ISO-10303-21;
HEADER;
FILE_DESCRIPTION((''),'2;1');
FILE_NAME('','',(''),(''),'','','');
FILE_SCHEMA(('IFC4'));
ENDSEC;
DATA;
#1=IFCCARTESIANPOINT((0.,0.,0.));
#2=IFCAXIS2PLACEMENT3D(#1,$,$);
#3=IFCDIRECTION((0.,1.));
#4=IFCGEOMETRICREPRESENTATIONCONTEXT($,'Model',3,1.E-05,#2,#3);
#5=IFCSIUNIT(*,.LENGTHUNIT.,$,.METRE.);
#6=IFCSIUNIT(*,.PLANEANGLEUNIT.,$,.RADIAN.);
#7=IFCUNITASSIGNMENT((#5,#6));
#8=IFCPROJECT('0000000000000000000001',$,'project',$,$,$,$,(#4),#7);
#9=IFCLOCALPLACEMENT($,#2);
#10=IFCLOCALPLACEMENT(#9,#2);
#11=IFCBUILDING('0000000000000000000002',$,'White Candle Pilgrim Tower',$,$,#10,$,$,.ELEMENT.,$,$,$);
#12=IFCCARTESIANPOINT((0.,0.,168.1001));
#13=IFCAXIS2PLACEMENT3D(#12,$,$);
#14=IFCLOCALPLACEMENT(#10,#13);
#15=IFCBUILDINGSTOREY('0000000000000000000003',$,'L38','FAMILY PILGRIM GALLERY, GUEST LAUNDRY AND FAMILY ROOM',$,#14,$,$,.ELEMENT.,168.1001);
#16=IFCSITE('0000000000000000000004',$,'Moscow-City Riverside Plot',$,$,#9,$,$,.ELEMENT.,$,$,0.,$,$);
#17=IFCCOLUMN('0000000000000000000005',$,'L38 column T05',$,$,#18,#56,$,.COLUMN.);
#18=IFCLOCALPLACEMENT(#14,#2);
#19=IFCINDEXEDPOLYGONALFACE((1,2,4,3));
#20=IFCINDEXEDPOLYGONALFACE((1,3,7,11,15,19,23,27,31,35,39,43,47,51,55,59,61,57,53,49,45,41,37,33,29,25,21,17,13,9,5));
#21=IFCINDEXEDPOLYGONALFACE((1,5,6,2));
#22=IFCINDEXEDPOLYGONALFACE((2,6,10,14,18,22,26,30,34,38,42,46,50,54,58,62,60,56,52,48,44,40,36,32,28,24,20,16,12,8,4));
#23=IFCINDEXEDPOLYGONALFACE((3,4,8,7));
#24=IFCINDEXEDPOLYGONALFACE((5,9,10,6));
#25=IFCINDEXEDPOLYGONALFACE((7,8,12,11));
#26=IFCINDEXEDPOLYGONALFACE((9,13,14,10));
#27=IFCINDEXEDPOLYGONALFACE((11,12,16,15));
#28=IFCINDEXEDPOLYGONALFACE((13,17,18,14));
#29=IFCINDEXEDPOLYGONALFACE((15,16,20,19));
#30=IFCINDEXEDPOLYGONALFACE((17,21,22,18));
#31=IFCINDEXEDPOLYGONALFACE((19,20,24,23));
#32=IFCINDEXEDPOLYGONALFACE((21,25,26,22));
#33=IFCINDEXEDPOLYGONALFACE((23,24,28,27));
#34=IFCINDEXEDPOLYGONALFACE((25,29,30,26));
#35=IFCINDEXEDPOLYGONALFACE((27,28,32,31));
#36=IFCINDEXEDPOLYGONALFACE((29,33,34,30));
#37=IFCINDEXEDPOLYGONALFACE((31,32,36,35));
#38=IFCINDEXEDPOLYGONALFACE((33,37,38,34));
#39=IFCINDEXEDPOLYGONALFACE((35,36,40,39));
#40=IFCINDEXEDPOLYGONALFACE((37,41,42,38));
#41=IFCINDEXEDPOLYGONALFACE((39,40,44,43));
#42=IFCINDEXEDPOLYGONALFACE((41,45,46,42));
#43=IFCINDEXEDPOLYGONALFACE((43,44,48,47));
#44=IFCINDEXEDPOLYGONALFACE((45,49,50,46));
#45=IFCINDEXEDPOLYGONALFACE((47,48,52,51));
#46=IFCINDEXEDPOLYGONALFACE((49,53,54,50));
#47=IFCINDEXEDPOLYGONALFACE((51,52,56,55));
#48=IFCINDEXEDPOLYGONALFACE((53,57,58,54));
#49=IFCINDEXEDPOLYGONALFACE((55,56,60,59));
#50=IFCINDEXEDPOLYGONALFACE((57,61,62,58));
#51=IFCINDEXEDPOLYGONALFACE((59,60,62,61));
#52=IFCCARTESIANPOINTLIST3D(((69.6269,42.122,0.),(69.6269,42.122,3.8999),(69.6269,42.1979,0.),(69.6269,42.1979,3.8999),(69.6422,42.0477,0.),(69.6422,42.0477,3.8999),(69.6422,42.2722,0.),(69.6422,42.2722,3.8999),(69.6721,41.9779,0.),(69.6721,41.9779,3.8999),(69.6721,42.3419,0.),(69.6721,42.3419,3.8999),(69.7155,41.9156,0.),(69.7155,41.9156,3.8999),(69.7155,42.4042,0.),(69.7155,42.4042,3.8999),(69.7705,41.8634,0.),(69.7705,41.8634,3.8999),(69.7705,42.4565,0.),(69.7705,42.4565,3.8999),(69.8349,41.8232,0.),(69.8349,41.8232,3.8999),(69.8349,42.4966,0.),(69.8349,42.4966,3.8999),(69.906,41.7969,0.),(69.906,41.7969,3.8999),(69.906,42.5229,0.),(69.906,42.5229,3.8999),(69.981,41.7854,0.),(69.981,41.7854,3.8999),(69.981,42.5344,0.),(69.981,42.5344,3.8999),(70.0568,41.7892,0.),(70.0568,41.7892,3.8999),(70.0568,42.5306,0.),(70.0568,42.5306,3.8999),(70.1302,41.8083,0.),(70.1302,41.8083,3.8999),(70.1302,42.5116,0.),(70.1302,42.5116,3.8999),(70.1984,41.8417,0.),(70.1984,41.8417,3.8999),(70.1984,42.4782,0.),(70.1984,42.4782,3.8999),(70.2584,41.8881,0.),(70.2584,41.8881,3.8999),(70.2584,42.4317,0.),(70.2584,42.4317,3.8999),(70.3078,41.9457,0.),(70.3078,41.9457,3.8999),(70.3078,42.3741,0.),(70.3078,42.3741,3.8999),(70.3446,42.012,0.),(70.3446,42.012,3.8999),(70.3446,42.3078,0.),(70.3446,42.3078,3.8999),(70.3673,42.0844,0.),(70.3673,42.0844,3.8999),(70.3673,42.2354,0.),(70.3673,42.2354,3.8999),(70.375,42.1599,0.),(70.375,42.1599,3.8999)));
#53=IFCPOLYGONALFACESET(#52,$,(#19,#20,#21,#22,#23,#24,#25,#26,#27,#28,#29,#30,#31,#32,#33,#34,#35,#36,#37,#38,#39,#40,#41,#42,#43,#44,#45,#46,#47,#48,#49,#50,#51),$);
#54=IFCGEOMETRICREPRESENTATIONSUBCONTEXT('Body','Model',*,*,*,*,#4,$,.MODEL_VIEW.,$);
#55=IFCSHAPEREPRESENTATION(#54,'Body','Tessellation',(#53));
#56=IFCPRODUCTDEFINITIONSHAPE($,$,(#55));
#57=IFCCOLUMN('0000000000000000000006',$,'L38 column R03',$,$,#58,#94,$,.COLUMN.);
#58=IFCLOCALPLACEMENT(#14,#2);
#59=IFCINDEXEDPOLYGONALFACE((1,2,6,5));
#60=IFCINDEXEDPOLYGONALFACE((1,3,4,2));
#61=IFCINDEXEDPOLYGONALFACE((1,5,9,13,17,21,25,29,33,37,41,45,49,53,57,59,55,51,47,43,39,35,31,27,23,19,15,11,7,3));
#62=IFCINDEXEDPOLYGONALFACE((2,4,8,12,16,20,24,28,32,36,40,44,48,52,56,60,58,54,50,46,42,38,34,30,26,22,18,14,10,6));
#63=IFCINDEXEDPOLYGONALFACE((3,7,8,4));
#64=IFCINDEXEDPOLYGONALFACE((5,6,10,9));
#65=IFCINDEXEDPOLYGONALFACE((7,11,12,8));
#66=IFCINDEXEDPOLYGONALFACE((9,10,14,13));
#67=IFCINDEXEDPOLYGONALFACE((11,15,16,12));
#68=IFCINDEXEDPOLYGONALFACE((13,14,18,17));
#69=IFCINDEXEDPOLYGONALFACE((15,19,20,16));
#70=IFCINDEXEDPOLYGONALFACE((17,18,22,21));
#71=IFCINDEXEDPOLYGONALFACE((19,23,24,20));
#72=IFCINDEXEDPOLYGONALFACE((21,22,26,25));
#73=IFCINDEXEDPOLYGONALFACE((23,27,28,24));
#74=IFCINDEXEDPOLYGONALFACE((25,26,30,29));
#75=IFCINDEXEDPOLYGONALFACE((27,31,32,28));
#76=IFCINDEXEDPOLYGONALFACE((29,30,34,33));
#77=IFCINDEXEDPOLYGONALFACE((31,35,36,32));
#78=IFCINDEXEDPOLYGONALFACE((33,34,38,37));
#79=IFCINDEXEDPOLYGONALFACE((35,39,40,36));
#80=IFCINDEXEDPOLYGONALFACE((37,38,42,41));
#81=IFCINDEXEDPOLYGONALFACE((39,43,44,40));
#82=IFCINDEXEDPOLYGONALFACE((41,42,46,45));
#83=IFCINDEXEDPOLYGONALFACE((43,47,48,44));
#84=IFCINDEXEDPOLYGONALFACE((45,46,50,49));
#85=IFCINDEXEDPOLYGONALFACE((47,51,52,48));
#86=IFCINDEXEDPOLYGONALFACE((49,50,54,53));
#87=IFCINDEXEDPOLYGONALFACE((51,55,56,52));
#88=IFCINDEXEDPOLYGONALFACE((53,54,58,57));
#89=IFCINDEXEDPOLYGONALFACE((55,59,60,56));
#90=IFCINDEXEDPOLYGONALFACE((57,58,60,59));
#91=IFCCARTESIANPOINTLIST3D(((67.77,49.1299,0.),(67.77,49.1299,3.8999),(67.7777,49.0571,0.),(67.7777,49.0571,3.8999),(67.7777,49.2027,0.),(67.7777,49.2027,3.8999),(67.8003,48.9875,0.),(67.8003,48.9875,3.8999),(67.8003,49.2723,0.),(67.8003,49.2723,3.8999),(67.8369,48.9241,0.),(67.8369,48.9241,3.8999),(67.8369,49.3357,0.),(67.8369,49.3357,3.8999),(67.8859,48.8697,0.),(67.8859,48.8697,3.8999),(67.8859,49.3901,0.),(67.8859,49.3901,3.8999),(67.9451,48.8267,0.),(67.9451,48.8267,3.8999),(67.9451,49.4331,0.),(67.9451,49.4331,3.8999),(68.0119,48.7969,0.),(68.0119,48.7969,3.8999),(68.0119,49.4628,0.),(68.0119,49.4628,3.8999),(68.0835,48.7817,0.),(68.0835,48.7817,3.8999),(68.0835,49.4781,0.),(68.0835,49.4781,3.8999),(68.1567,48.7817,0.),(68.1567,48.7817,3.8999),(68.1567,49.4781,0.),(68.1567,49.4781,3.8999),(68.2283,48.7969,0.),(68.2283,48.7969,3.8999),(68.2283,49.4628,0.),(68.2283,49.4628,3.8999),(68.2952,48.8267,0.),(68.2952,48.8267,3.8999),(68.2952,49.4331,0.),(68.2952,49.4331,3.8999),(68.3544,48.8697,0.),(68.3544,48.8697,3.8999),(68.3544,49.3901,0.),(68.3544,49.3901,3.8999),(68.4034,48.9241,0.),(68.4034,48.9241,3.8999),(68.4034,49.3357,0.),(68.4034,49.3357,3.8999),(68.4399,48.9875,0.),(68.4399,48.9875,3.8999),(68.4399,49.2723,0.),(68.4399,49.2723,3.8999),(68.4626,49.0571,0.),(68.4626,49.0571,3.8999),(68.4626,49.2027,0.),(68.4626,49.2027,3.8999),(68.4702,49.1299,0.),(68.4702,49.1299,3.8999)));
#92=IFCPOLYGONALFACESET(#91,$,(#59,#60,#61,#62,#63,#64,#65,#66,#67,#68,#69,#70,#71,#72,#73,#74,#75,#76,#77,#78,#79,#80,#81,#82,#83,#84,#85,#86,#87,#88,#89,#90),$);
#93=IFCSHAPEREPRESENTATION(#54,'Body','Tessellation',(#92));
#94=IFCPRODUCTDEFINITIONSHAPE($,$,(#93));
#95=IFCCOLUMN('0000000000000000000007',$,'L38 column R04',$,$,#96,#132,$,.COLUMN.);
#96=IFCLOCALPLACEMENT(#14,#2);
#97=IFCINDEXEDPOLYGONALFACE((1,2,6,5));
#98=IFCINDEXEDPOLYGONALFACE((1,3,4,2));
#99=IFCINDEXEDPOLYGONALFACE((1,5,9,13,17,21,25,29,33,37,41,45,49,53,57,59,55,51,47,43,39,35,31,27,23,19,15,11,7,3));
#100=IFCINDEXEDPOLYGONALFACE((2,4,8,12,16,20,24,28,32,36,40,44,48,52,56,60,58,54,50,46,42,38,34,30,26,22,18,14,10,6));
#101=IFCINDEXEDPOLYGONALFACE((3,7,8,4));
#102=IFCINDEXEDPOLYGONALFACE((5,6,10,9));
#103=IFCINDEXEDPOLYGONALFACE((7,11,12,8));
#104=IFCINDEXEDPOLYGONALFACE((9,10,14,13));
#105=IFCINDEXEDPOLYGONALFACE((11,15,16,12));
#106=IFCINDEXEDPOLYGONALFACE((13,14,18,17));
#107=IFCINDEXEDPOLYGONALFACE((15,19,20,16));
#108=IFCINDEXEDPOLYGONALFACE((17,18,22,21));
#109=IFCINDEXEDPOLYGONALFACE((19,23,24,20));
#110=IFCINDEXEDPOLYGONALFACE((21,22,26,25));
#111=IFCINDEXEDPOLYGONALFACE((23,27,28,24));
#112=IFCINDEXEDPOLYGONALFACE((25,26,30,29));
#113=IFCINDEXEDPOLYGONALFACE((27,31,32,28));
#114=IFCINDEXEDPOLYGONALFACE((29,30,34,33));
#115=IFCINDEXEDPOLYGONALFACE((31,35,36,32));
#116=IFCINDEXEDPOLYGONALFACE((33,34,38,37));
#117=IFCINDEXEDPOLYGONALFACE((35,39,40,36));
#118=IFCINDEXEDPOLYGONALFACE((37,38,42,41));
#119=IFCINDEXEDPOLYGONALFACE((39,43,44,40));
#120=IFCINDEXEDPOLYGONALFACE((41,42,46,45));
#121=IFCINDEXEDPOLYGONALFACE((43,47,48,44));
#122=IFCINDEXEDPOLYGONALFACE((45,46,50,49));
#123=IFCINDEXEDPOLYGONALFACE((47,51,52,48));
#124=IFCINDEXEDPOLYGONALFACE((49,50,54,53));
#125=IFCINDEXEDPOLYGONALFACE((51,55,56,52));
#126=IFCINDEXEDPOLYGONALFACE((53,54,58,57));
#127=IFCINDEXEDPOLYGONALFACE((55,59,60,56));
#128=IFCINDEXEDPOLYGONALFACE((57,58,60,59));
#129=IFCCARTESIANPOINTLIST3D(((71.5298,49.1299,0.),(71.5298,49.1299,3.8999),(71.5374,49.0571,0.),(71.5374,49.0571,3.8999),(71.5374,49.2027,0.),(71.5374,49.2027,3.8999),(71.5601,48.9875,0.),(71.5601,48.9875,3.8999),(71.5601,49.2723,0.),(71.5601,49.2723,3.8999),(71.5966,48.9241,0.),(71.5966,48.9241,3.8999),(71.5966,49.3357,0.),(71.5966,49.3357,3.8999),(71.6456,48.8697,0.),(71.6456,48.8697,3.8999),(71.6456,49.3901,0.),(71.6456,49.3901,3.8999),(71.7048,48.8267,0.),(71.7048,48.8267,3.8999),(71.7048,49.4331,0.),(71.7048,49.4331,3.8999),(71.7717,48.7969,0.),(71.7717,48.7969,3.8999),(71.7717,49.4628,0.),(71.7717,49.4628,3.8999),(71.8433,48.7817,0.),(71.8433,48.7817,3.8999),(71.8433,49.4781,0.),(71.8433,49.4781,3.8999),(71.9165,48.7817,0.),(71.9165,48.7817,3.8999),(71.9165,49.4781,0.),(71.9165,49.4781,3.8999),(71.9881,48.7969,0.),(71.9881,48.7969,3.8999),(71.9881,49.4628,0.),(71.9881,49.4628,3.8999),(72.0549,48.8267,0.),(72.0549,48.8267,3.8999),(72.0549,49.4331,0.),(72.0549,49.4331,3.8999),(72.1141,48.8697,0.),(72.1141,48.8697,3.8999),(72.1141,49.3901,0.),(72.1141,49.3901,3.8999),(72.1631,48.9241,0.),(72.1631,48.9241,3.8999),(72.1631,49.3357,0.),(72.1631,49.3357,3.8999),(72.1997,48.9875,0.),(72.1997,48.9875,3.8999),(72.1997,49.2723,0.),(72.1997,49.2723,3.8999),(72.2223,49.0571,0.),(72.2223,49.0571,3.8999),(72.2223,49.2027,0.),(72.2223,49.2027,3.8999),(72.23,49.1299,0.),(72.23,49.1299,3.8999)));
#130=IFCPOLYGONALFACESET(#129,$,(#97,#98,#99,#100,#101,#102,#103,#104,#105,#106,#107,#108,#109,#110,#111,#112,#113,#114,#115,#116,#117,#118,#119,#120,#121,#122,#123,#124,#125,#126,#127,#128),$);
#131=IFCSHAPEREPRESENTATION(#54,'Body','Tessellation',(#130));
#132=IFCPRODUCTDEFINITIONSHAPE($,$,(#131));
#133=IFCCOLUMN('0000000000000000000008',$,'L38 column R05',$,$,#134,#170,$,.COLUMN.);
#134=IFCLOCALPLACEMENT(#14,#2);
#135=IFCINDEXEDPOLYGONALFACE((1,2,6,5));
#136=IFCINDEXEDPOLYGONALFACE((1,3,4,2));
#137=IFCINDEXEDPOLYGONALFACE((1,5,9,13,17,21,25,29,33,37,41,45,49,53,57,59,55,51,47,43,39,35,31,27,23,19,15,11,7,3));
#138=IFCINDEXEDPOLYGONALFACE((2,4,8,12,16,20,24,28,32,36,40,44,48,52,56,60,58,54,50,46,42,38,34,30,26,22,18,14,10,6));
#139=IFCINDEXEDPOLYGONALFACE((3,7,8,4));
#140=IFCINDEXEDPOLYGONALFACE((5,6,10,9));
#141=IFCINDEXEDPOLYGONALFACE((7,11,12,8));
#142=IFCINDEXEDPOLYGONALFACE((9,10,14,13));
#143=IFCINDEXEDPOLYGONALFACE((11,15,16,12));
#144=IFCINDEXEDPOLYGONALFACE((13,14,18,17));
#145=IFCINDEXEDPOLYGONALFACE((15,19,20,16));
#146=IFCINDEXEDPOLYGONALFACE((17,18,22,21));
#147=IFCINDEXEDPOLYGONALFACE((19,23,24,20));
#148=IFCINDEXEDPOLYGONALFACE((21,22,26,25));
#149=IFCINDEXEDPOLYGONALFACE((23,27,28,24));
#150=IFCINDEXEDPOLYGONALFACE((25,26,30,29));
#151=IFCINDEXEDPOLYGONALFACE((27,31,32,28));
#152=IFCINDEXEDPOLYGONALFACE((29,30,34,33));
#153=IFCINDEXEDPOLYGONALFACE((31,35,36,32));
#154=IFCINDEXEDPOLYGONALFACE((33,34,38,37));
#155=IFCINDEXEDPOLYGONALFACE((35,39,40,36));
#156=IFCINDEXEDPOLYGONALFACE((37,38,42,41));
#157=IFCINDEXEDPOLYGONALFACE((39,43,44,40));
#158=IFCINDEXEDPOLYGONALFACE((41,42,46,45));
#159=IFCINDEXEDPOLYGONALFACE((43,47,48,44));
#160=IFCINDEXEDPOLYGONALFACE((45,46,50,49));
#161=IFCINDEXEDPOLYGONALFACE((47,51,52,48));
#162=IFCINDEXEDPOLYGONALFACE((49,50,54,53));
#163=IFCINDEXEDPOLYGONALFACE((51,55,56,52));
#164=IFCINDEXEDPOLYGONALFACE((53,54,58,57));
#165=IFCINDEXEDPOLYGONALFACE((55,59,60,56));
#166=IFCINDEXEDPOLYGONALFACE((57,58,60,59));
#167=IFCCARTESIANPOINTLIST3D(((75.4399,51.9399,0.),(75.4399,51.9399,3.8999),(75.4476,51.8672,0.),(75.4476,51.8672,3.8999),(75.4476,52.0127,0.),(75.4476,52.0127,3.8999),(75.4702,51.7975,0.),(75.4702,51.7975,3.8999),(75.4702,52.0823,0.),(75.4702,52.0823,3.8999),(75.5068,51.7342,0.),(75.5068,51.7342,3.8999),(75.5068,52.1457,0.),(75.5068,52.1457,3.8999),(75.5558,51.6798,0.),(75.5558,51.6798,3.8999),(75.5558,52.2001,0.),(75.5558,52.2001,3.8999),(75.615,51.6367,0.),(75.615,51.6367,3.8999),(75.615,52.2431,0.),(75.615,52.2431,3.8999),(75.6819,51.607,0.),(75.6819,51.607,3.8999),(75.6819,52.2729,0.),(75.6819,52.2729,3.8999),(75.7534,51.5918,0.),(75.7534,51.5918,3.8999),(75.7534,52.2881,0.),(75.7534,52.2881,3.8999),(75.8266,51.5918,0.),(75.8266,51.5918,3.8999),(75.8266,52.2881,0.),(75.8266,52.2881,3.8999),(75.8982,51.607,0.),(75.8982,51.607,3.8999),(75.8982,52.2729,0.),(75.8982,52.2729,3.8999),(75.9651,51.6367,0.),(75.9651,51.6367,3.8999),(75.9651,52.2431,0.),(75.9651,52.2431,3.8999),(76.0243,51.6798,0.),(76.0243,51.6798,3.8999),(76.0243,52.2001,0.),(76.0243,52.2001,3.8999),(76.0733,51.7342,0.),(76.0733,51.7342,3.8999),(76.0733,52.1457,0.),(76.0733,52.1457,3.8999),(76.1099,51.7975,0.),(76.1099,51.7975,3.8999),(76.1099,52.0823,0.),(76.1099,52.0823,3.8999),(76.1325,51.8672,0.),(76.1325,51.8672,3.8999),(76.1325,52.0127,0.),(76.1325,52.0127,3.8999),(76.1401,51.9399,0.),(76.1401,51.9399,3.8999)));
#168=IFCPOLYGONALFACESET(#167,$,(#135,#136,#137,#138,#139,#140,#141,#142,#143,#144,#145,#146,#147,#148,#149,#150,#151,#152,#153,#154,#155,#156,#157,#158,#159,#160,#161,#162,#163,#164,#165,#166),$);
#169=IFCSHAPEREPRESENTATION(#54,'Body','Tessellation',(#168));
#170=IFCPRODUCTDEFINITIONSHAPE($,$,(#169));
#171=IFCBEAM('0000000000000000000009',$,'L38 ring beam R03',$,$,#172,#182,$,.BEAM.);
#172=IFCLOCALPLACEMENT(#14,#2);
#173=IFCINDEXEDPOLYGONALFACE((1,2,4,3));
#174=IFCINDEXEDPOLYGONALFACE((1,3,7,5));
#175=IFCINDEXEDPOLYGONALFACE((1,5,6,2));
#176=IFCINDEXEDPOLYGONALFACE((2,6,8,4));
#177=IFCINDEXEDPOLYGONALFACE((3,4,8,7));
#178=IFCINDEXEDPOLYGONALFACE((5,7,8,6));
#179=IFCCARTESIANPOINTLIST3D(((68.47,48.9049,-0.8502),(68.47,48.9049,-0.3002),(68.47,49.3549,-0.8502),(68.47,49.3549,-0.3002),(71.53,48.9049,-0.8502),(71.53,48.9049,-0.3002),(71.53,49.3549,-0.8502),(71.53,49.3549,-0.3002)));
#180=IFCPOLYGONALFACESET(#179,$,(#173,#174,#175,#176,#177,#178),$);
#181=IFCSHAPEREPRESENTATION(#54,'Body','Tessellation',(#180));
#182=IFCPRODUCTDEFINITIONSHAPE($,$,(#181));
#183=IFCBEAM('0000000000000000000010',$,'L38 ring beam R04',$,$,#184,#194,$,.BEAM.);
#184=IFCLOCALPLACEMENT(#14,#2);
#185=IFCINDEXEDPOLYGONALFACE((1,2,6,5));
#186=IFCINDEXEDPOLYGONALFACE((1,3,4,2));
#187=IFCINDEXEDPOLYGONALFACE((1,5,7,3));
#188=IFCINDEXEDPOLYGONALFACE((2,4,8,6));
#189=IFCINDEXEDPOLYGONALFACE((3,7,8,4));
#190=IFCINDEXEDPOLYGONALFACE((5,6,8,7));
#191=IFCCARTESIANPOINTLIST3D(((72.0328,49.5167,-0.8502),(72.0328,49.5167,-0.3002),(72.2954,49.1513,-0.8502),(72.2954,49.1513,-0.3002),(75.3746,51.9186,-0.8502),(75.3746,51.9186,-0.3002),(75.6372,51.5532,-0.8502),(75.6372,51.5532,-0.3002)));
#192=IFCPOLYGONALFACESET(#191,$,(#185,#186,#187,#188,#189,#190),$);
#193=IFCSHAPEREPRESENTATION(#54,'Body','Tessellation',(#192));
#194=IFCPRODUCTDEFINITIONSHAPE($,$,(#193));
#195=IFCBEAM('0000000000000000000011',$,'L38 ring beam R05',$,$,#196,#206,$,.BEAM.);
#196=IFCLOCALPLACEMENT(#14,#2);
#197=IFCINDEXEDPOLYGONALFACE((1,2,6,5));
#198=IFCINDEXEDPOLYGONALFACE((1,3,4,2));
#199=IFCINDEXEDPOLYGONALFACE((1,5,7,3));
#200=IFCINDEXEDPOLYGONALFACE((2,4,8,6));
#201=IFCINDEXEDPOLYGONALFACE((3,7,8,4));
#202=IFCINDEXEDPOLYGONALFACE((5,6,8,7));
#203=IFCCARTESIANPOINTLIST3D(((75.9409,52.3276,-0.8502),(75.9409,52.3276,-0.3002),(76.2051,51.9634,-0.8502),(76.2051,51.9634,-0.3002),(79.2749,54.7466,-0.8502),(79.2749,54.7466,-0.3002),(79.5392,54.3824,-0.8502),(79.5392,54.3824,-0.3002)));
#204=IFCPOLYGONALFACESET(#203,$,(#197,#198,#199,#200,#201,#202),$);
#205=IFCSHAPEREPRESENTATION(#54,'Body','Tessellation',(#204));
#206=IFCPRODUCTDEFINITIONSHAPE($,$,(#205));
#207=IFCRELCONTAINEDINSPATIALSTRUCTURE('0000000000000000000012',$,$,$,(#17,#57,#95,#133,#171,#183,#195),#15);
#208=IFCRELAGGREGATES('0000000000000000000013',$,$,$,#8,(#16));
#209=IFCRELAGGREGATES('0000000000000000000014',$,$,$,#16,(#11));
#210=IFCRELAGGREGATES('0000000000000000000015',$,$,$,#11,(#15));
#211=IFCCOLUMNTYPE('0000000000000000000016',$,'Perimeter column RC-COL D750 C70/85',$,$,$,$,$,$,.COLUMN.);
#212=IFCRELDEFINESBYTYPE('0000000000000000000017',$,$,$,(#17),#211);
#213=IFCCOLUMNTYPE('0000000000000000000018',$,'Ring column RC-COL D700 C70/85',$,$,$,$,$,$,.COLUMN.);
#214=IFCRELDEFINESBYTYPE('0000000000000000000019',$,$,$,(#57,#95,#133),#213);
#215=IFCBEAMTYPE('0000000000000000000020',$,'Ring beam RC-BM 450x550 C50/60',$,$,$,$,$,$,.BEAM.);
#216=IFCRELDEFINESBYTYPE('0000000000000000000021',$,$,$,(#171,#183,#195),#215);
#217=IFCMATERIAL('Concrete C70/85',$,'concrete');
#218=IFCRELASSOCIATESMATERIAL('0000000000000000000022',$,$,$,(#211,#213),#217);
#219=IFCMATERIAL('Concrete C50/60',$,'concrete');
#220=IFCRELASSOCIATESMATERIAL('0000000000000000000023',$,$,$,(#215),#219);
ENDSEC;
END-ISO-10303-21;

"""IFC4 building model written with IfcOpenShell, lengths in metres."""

from ifc_helpers import new_model, si_unit, direction, frame, origin, origin_2d, place, context, subcontext, project, spatial, rectangle, circle, extrude, material, material_profile, profile_set, type_object, element, save


model = new_model("IFC4")

# Units and contexts
model_context = context("Model", 3, precision=1e-05, world=origin(), true_north=direction((0.0, 1.0)))
body_context = subcontext(model_context, "Body", "Model", "MODEL_VIEW")
ifc_project = project(units=[si_unit("LENGTHUNIT", "METRE"), si_unit("PLANEANGLEUNIT", "RADIAN")], contexts=[model_context])

# Site, building, storey
site_placement = place(None, origin())
site = spatial("IfcSite", under=ifc_project, at=site_placement, Name="Moscow-City Riverside Plot", CompositionType="ELEMENT", RefElevation=0.0)
building_placement = place(site_placement, origin())
building = spatial("IfcBuilding", under=site, at=building_placement, Name="White Candle Pilgrim Tower", CompositionType="ELEMENT")
storey_placement = place(building_placement, frame((0.0, 0.0, 168.1001)))
storey = spatial("IfcBuildingStorey", under=building, at=storey_placement, Name="L38", Description="FAMILY PILGRIM GALLERY, GUEST LAUNDRY AND FAMILY ROOM", CompositionType="ELEMENT", Elevation=168.1001)

# Columns
ifc_material_1 = material(Name="Concrete C70/85", Category="concrete")
ifc_material_profile_1 = material_profile(ifc_material_1, circle(Radius=0.375, at=origin_2d()), Name="RC-COL D750")
ifc_profile_set_1 = profile_set([ifc_material_profile_1], Name="Concrete C70/85")
column_type_1 = type_object("IfcColumnType", Name="Perimeter column RC-COL D750 C70/85", PredefinedType="COLUMN", material=ifc_profile_set_1)
column_placement = place(storey_placement, frame((70.0, 42.1599, 0.0), z_axis=(0.0, 0.0, 1.0), x_axis=(1.0, 0.0, 0.0)))
element("IfcColumn", 1, at=column_placement, inside=storey, type_object=column_type_1, Name="L38 column T05", PredefinedType="COLUMN", context=body_context, shape_type="SweptSolid", body=[
    extrude(circle(Radius=0.375, at=origin_2d()), origin(), (0.0, 0.0, 1.0), 3.8999),
])
ifc_material_profile_2 = material_profile(ifc_material_1, circle(Radius=0.3501, at=origin_2d()), Name="RC-COL D700")
ifc_profile_set_2 = profile_set([ifc_material_profile_2], Name="Concrete C70/85")
column_type_2 = type_object("IfcColumnType", Name="Ring column RC-COL D700 C70/85", PredefinedType="COLUMN", material=ifc_profile_set_2)
for number, where, z_axis, x_axis, name in (
    (2, (68.1201, 49.1299, 0.0), (0.0, 0.0, 1.0), (1.0, 0.0, 0.0), "L38 column R03"),
    (3, (71.8799, 49.1299, 0.0), (0.0, 0.0, 1.0), (1.0, 0.0, 0.0), "L38 column R04"),
    (4, (75.79, 51.9399, 0.0), (0.0, 0.0, 1.0), (1.0, 0.0, 0.0), "L38 column R05"),
):
    element("IfcColumn", number, at=place(storey_placement, frame(where, z_axis=z_axis, x_axis=x_axis)), inside=storey, type_object=column_type_2, Name=name, PredefinedType="COLUMN", context=body_context, shape_type="SweptSolid", body=[
        extrude(circle(Radius=0.3501, at=origin_2d()), origin(), (0.0, 0.0, 1.0), 3.8999),
    ])

# Beams
ifc_material_2 = material(Name="Concrete C50/60", Category="concrete")
ifc_material_profile_3 = material_profile(ifc_material_2, rectangle(XDim=0.45, YDim=0.55, at=origin_2d()), Name="RC-BM 450x550")
ifc_profile_set_3 = profile_set([ifc_material_profile_3], Name="Concrete C50/60")
beam_type = type_object("IfcBeamType", Name="Ring beam RC-BM 450x550 C50/60", PredefinedType="BEAM", material=ifc_profile_set_3)
beam_1_placement = place(storey_placement, frame((68.47, 49.1299, -0.5752), z_axis=(1.0, 0.0, 0.0), x_axis=(0.0, 1.0, 0.0)))
element("IfcBeam", 5, at=beam_1_placement, inside=storey, type_object=beam_type, Name="L38 ring beam R03", PredefinedType="BEAM", context=body_context, shape_type="SweptSolid", body=[
    extrude(rectangle(XDim=0.45, YDim=0.55, at=origin_2d()), origin(), (0.0, 0.0, 1.0), 3.0601),
])
beam_2_placement = place(storey_placement, frame((72.1641, 49.334, -0.5752), z_axis=(0.812022, 0.583626, 0.0), x_axis=(-0.583626, 0.812022, 0.0)))
element("IfcBeam", 6, at=beam_2_placement, inside=storey, type_object=beam_type, Name="L38 ring beam R04", PredefinedType="BEAM", context=body_context, shape_type="SweptSolid", body=[
    extrude(rectangle(XDim=0.45, YDim=0.55, at=origin_2d()), origin(), (0.0, 0.0, 1.0), 4.1155),
])
beam_3_placement = place(storey_placement, frame((76.073, 52.1455, -0.5752), z_axis=(0.809402, 0.587255, 0.0), x_axis=(-0.587255, 0.809402, 0.0)))
element("IfcBeam", 7, at=beam_3_placement, inside=storey, type_object=beam_type, Name="L38 ring beam R05", PredefinedType="BEAM", context=body_context, shape_type="SweptSolid", body=[
    extrude(rectangle(XDim=0.45, YDim=0.55, at=origin_2d()), origin(), (0.0, 0.0, 1.0), 4.1191),
])

save(model, "model.ifc")
